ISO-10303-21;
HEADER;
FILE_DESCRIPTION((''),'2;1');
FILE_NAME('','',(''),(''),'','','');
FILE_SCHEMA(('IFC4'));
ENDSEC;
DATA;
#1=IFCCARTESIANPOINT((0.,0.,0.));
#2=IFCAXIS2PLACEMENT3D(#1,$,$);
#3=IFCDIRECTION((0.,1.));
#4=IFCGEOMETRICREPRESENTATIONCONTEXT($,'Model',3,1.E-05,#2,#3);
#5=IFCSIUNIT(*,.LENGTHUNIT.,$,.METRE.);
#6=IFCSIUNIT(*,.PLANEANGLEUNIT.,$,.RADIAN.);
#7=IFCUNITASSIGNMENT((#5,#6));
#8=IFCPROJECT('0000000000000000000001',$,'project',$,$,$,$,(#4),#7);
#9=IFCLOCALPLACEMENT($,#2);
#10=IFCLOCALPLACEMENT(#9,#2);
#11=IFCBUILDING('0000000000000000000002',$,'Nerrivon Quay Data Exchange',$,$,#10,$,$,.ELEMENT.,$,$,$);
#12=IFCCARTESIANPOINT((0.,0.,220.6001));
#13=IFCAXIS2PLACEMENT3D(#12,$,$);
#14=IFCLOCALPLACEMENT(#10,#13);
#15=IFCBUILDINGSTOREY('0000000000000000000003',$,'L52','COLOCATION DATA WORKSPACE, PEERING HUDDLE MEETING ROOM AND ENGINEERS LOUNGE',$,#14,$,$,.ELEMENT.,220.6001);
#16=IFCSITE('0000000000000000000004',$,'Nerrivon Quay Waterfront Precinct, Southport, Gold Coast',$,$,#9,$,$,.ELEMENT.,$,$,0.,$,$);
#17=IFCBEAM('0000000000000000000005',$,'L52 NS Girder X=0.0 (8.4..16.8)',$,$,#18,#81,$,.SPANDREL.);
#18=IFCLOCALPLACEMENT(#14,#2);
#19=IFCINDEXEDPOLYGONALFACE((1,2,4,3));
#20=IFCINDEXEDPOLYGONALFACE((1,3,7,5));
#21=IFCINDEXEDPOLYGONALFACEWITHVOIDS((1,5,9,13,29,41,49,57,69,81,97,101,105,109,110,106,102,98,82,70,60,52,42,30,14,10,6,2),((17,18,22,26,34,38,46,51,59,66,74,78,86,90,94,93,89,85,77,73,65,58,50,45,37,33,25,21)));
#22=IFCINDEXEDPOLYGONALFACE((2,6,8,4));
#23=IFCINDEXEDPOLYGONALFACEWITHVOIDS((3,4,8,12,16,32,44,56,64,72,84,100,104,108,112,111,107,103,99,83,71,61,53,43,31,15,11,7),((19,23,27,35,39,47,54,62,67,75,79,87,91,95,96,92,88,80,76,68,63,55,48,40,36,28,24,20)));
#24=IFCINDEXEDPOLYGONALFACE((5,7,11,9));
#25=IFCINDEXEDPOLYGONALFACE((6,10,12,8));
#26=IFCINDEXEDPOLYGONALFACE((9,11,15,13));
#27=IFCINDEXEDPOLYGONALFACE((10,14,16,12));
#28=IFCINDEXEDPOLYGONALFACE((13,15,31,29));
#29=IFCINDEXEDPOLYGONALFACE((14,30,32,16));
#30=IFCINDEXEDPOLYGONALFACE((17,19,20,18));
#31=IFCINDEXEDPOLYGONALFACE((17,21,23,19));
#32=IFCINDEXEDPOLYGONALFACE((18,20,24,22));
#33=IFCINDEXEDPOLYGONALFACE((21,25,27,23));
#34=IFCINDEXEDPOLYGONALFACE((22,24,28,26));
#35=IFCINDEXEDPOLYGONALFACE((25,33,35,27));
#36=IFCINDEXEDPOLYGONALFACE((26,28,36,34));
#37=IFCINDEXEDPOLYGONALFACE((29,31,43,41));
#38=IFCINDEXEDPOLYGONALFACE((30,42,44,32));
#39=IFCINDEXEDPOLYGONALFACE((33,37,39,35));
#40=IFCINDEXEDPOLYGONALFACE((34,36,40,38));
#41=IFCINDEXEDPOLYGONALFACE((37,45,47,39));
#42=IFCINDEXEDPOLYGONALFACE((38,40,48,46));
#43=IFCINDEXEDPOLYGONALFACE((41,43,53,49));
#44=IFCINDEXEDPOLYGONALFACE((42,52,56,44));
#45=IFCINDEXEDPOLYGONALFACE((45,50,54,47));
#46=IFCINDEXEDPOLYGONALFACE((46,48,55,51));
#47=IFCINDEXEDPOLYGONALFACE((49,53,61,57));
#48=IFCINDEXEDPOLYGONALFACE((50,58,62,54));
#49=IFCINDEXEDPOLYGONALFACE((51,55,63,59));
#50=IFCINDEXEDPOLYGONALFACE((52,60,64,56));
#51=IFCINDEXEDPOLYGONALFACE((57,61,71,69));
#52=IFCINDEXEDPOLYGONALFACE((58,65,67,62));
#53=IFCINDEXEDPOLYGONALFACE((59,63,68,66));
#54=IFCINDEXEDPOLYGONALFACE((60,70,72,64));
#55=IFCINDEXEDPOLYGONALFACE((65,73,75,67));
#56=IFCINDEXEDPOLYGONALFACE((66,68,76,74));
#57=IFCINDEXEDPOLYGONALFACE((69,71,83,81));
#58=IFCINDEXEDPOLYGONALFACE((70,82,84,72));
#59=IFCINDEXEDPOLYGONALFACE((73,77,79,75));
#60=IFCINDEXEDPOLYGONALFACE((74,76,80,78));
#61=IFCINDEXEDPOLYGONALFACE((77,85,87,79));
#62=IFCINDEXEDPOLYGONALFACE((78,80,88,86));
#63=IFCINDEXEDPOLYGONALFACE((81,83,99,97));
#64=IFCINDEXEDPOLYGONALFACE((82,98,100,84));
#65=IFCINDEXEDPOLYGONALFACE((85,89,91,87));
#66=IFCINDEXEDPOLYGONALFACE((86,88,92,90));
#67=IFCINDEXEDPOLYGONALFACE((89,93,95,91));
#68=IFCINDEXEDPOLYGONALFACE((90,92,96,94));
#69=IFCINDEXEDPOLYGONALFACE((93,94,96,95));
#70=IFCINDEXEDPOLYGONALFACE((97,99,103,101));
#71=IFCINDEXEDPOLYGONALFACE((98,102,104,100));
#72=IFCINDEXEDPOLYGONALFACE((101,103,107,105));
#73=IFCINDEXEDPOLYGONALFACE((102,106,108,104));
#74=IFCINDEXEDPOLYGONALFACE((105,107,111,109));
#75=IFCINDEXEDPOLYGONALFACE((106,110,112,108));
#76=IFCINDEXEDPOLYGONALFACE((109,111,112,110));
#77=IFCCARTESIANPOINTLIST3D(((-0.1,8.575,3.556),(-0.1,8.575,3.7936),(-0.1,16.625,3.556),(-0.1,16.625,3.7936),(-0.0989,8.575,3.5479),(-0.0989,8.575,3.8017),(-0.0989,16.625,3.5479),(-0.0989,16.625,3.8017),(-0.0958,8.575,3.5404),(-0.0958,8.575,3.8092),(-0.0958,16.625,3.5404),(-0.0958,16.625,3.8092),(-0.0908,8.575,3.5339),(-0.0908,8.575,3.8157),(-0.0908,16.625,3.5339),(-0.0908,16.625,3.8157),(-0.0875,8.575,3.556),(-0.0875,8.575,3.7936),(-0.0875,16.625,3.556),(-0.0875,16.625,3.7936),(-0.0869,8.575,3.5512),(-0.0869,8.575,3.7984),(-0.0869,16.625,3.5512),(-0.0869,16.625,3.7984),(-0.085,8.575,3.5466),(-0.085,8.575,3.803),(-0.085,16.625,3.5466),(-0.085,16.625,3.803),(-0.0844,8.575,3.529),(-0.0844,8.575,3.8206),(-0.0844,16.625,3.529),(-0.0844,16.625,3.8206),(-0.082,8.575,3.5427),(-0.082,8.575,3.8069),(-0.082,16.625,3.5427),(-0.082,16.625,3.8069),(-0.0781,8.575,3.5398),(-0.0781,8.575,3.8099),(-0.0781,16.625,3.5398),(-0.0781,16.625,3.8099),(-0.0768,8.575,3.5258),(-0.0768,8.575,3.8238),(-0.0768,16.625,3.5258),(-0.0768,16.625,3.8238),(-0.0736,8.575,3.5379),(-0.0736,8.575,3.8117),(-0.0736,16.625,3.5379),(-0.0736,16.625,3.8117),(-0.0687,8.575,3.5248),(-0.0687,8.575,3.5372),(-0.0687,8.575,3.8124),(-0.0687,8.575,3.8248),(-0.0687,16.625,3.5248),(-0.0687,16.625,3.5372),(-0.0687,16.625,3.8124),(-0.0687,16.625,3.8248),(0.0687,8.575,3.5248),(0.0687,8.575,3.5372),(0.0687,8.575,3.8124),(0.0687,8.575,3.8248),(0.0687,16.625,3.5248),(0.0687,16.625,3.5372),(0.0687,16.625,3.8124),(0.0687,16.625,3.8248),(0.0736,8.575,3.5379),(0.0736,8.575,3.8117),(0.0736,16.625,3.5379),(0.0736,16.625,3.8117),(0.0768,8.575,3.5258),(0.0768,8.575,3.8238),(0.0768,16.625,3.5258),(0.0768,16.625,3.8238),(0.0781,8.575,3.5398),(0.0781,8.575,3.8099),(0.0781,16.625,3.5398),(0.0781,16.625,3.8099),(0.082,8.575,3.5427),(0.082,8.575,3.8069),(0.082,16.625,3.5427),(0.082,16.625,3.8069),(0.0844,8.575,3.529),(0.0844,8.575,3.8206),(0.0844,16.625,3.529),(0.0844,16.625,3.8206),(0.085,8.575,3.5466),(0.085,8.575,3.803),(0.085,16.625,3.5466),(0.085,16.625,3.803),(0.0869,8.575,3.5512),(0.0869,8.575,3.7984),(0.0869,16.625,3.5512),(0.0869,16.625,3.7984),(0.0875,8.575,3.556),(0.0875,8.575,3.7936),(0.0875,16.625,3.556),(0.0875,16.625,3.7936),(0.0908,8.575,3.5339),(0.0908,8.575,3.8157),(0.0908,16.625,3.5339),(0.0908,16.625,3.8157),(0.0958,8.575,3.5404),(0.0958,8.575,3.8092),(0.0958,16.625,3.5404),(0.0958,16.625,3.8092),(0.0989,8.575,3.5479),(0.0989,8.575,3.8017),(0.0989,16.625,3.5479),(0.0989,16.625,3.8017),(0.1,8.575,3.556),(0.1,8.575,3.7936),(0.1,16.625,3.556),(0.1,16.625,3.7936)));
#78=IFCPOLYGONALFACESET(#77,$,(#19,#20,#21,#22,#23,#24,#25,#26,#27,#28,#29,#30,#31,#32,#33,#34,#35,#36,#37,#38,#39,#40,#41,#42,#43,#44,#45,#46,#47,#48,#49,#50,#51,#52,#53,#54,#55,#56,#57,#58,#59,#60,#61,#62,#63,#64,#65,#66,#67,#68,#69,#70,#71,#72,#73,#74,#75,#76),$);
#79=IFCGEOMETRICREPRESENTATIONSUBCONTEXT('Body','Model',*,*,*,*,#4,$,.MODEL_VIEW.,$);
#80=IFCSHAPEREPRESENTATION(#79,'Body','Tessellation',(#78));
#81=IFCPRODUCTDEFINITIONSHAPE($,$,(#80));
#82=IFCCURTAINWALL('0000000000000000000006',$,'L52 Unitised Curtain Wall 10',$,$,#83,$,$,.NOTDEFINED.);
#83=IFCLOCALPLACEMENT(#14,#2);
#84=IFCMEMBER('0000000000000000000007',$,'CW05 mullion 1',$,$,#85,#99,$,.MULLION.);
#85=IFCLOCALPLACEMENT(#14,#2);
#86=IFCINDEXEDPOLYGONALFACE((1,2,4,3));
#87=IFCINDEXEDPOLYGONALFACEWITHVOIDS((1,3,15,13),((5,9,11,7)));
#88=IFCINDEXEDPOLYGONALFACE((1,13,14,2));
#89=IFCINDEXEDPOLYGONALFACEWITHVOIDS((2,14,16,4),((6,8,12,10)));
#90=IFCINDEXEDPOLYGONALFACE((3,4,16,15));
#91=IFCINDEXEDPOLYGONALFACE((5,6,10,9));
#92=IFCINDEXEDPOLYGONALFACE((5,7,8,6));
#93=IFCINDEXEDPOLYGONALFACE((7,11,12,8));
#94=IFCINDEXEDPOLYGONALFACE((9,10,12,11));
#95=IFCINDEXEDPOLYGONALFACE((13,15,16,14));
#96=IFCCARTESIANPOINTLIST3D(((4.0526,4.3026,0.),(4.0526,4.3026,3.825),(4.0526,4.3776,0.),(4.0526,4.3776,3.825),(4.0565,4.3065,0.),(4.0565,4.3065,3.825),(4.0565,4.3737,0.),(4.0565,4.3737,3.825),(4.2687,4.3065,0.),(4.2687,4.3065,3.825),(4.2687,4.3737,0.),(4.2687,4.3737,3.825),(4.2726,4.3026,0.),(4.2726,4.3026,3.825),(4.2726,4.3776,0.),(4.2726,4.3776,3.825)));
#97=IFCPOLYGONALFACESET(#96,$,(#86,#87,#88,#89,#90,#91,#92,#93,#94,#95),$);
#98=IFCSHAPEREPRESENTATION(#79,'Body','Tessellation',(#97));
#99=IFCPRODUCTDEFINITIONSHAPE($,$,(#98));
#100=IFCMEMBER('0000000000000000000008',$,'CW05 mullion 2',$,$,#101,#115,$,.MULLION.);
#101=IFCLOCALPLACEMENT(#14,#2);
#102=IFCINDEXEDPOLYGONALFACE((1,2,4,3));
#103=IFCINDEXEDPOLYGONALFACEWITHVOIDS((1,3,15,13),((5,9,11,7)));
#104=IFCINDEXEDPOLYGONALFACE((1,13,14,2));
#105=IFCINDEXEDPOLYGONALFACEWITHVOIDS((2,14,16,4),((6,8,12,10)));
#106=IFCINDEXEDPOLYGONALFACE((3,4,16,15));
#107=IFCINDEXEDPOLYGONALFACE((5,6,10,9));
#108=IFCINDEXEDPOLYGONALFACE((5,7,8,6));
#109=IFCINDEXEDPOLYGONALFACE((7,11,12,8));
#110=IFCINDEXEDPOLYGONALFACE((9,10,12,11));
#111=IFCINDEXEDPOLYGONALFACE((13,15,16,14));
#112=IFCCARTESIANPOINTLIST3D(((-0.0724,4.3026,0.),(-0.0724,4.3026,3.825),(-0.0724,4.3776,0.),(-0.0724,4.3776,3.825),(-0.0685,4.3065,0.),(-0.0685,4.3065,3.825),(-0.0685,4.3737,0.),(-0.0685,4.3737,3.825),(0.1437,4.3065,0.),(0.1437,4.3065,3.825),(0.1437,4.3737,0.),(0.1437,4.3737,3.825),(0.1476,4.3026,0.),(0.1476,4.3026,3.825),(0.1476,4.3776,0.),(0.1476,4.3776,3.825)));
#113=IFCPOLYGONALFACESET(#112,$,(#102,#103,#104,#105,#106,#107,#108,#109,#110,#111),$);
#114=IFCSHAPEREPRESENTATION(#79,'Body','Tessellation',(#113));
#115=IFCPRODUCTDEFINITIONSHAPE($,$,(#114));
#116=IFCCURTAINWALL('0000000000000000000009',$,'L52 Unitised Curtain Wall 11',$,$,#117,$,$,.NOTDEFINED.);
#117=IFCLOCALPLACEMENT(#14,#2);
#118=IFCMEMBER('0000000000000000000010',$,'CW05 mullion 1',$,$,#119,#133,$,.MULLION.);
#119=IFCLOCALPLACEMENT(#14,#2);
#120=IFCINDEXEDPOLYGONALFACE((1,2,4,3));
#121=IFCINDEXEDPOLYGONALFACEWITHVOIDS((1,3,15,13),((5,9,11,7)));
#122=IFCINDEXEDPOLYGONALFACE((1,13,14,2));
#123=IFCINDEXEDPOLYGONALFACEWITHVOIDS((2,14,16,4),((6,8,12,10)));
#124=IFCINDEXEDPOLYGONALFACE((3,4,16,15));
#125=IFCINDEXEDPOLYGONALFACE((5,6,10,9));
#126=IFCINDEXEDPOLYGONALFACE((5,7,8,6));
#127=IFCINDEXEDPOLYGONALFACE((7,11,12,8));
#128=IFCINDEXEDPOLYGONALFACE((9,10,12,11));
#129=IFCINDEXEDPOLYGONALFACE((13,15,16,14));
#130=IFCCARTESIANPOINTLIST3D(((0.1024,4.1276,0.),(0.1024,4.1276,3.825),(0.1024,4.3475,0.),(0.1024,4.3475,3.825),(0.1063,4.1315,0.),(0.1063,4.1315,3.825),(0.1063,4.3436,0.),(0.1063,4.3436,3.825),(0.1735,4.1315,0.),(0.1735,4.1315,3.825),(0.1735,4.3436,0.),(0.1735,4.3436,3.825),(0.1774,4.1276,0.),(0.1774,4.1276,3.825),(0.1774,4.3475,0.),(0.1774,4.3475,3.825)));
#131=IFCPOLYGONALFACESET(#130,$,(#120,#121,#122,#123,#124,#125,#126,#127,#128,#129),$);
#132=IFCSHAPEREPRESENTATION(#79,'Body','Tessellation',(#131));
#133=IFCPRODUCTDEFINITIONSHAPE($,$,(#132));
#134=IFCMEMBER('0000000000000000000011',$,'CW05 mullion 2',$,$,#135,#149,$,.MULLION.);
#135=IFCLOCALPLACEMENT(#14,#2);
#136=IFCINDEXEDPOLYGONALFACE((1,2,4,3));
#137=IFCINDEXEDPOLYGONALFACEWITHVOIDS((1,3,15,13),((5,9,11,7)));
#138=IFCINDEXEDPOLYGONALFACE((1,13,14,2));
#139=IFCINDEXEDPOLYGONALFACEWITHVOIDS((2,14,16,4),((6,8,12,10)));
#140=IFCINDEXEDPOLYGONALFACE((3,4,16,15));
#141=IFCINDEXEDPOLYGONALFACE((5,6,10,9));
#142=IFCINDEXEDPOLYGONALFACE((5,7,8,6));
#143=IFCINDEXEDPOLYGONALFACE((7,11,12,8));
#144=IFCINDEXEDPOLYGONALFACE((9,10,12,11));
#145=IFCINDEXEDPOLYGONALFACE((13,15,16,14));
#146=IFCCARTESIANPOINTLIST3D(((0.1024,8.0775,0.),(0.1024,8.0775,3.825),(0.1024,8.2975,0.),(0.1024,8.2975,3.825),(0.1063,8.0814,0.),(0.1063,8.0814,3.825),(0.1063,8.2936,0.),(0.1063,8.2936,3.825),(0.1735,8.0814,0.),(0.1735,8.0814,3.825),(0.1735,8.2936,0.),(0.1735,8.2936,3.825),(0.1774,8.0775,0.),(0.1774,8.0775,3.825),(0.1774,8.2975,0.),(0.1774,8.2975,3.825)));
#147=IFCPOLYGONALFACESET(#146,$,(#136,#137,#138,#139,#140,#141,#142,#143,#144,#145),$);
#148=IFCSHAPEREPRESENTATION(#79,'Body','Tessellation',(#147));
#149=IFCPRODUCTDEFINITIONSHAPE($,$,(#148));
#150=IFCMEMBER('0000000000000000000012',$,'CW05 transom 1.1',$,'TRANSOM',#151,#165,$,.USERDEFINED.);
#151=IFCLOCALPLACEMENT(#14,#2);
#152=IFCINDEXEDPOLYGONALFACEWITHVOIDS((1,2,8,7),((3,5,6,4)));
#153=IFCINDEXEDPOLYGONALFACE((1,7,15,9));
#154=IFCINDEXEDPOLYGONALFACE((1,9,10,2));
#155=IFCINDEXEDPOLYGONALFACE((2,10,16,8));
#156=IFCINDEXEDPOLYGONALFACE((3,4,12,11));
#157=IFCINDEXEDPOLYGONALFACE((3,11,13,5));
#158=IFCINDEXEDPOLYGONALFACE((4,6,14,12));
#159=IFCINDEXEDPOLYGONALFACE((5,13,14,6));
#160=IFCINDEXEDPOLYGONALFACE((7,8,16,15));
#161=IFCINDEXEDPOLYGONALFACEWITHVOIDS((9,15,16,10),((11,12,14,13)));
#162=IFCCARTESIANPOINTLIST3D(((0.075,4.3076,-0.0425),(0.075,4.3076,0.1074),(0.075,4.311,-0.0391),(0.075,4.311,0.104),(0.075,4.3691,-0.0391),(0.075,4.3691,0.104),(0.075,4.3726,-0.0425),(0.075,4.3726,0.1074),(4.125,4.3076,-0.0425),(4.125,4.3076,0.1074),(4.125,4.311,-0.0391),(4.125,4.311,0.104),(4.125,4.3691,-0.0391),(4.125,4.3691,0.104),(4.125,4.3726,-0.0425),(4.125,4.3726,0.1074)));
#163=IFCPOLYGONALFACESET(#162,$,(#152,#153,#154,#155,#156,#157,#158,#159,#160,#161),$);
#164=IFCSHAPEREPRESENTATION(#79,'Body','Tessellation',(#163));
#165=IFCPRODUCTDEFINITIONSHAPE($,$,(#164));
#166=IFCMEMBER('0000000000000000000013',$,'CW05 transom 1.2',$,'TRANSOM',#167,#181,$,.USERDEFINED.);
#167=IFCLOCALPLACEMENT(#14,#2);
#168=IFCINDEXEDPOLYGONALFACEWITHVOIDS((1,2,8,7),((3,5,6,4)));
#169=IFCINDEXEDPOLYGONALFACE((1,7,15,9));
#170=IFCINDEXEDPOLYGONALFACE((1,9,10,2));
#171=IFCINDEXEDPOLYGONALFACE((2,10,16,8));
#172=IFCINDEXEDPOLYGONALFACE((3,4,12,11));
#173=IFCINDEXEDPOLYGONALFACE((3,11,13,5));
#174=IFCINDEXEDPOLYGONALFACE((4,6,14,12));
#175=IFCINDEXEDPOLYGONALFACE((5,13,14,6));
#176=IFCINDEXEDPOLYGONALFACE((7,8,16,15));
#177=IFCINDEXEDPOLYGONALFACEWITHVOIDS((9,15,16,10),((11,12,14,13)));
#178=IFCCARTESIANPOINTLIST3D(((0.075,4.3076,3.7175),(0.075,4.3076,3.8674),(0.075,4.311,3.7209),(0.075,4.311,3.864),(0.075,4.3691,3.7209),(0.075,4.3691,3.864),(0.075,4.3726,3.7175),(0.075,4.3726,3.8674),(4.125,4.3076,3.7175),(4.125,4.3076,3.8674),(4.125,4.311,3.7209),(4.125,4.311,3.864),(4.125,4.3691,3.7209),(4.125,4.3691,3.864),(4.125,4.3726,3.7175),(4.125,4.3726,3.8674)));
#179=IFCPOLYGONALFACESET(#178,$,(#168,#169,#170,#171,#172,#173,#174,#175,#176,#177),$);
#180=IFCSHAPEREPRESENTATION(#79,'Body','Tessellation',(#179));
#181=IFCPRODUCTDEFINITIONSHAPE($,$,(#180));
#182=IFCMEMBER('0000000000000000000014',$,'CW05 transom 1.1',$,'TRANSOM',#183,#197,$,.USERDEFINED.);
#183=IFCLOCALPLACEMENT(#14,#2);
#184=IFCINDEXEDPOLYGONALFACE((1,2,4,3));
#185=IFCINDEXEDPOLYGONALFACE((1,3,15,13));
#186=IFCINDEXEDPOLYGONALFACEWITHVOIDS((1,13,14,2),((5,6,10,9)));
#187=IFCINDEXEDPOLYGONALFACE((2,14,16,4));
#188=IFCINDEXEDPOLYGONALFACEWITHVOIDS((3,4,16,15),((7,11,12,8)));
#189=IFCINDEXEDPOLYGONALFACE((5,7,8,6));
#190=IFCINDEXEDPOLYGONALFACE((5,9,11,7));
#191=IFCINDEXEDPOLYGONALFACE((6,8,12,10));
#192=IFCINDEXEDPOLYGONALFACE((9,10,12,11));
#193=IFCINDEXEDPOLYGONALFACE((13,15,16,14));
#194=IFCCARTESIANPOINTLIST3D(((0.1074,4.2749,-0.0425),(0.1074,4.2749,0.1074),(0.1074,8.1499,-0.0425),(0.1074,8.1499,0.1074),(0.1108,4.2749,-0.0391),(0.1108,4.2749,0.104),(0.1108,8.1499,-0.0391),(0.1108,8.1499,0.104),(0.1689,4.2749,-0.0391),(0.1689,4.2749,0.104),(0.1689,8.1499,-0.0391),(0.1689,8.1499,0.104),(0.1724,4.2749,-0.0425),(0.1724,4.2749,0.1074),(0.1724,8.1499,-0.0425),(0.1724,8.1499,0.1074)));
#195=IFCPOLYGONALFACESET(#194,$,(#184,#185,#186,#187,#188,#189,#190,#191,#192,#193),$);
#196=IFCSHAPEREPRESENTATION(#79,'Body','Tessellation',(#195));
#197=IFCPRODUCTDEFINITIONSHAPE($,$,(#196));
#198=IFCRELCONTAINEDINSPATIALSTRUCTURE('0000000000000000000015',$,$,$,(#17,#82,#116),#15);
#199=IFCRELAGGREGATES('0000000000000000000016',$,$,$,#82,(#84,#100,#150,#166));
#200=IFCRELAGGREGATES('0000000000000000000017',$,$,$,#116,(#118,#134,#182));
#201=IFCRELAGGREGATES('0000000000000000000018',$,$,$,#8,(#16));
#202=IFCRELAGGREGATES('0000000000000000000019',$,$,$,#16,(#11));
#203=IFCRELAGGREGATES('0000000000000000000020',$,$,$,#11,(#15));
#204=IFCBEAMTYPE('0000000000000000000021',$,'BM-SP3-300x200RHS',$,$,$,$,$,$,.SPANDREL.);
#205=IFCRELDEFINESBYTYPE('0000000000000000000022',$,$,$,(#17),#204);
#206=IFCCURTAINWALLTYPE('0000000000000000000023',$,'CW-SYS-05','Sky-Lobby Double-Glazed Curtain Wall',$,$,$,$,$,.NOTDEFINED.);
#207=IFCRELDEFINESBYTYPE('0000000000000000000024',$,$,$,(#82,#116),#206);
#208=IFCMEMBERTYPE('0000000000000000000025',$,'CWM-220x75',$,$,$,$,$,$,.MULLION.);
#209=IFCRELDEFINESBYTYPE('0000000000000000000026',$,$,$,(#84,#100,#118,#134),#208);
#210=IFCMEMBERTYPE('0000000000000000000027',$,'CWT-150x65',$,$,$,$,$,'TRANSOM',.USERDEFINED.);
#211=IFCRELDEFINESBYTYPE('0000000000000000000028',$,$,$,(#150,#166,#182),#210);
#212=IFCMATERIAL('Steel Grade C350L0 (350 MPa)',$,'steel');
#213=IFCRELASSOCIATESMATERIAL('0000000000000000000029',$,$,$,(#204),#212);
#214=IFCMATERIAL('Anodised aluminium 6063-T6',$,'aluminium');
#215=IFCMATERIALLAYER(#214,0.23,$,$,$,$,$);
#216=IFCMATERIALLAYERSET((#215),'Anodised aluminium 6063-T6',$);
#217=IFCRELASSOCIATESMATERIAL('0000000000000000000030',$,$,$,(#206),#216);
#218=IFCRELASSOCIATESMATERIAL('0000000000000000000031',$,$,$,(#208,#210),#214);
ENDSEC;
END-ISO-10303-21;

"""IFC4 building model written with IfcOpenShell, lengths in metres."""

from ifc_helpers import new_model, si_unit, direction, frame, origin, origin_2d, place, context, subcontext, project, spatial, hollow_rectangle, extrude, material, layer, layer_set, material_profile, profile_set, type_object, element, aggregate, save


model = new_model("IFC4")

# Units and contexts
model_context = context("Model", 3, precision=1e-05, world=origin(), true_north=direction((0.0, 1.0)))
body_context = subcontext(model_context, "Body", "Model", "MODEL_VIEW")
ifc_project = project(units=[si_unit("LENGTHUNIT", "METRE"), si_unit("PLANEANGLEUNIT", "RADIAN")], contexts=[model_context])

# Site, building, storey
site_placement = place(None, origin())
site = spatial("IfcSite", under=ifc_project, at=site_placement, Name="Nerrivon Quay Waterfront Precinct, Southport, Gold Coast", CompositionType="ELEMENT", RefElevation=0.0)
building_placement = place(site_placement, origin())
building = spatial("IfcBuilding", under=site, at=building_placement, Name="Nerrivon Quay Data Exchange", CompositionType="ELEMENT")
storey_placement = place(building_placement, frame((0.0, 0.0, 220.6001)))
storey = spatial("IfcBuildingStorey", under=building, at=storey_placement, Name="L52", Description="COLOCATION DATA WORKSPACE, PEERING HUDDLE MEETING ROOM AND ENGINEERS LOUNGE", CompositionType="ELEMENT", Elevation=220.6001)

# Beam
ifc_material_1 = material(Name="Steel Grade C350L0 (350 MPa)", Category="steel")
ifc_material_profile_1 = material_profile(ifc_material_1, hollow_rectangle(XDim=0.2, YDim=0.3, WallThickness=0.0125, InnerFilletRadius=0.0188, OuterFilletRadius=0.0312, at=origin_2d()), Name="300x200x12.5RHS")
ifc_profile_set_1 = profile_set([ifc_material_profile_1], Name="Steel Grade C350L0 (350 MPa)")
beam_type_1 = type_object("IfcBeamType", Name="BM-SP3-300x200RHS", PredefinedType="SPANDREL", material=ifc_profile_set_1)
beam_1_placement = place(storey_placement, frame((0.0, 8.575, 3.6748), z_axis=(0.0, 1.0, 0.0), x_axis=(-1.0, 0.0, 0.0)))
element("IfcBeam", 1, at=beam_1_placement, inside=storey, type_object=beam_type_1, Name="L52 NS Girder X=0.0 (8.4..16.8)", PredefinedType="SPANDREL", context=body_context, shape_type="SweptSolid", body=[
    extrude(hollow_rectangle(XDim=0.2, YDim=0.3, WallThickness=0.0125, InnerFilletRadius=0.0188, OuterFilletRadius=0.0312, at=origin_2d()), origin(), (0.0, 0.0, 1.0), 8.05),
])

# Curtain walls, members
ifc_material_2 = material(Name="Anodised aluminium 6063-T6", Category="aluminium")
ifc_layer_1 = layer(ifc_material_2, 0.23)
ifc_layer_set_1 = layer_set([ifc_layer_1], Name="Anodised aluminium 6063-T6")
curtain_wall_type = type_object("IfcCurtainWallType", Name="CW-SYS-05", Description="Sky-Lobby Double-Glazed Curtain Wall", PredefinedType="NOTDEFINED", material=ifc_layer_set_1)
curtain_wall_1_placement = place(storey_placement, origin())
curtain_wall_1 = element("IfcCurtainWall", 2, at=curtain_wall_1_placement, inside=storey, type_object=curtain_wall_type, Name="L52 Unitised Curtain Wall 10", PredefinedType="NOTDEFINED")
ifc_material_profile_2 = material_profile(ifc_material_2, hollow_rectangle(XDim=0.075, YDim=0.22, WallThickness=0.0039, at=origin_2d()), Name="ALU-MULL-220x75")
ifc_profile_set_2 = profile_set([ifc_material_profile_2], Name="Anodised aluminium 6063-T6")
member_type_1 = type_object("IfcMemberType", Name="CWM-220x75", PredefinedType="MULLION", material=ifc_profile_set_2)
member_1_placement = place(storey_placement, frame((4.1626, 4.3401, 0.0), z_axis=(0.0, 0.0, 1.0), x_axis=(0.0, -1.0, 0.0)))
member_1 = element("IfcMember", 3, at=member_1_placement, type_object=member_type_1, Name="CW05 mullion 1", PredefinedType="MULLION", context=body_context, shape_type="SweptSolid", body=[
    extrude(hollow_rectangle(XDim=0.075, YDim=0.22, WallThickness=0.0039, at=origin_2d()), origin(), (0.0, 0.0, 1.0), 3.825),
])
member_2_placement = place(storey_placement, frame((0.0376, 4.3401, 0.0), z_axis=(0.0, 0.0, 1.0), x_axis=(0.0, -1.0, 0.0)))
member_2 = element("IfcMember", 4, at=member_2_placement, type_object=member_type_1, Name="CW05 mullion 2", PredefinedType="MULLION", context=body_context, shape_type="SweptSolid", body=[
    extrude(hollow_rectangle(XDim=0.075, YDim=0.22, WallThickness=0.0039, at=origin_2d()), origin(), (0.0, 0.0, 1.0), 3.825),
])
curtain_wall_2_placement = place(storey_placement, origin())
curtain_wall_2 = element("IfcCurtainWall", 5, at=curtain_wall_2_placement, inside=storey, type_object=curtain_wall_type, Name="L52 Unitised Curtain Wall 11", PredefinedType="NOTDEFINED")
member_3_placement = place(storey_placement, frame((0.1399, 4.2375, 0.0), z_axis=(0.0, 0.0, 1.0), x_axis=(-1.0, 0.0, 0.0)))
member_3 = element("IfcMember", 6, at=member_3_placement, type_object=member_type_1, Name="CW05 mullion 1", PredefinedType="MULLION", context=body_context, shape_type="SweptSolid", body=[
    extrude(hollow_rectangle(XDim=0.075, YDim=0.22, WallThickness=0.0039, at=origin_2d()), origin(), (0.0, 0.0, 1.0), 3.825),
])
member_4_placement = place(storey_placement, frame((0.1399, 8.1875, 0.0), z_axis=(0.0, 0.0, 1.0), x_axis=(-1.0, 0.0, 0.0)))
member_4 = element("IfcMember", 7, at=member_4_placement, type_object=member_type_1, Name="CW05 mullion 2", PredefinedType="MULLION", context=body_context, shape_type="SweptSolid", body=[
    extrude(hollow_rectangle(XDim=0.075, YDim=0.22, WallThickness=0.0039, at=origin_2d()), origin(), (0.0, 0.0, 1.0), 3.825),
])

# Members
ifc_material_profile_3 = material_profile(ifc_material_2, hollow_rectangle(XDim=0.0649, YDim=0.1499, WallThickness=0.0034, at=origin_2d()), Name="ALU-TRAN-150x65")
ifc_profile_set_3 = profile_set([ifc_material_profile_3], Name="Anodised aluminium 6063-T6")
member_type_2 = type_object("IfcMemberType", Name="CWT-150x65", ElementType="TRANSOM", PredefinedType="USERDEFINED", material=ifc_profile_set_3)
member_5_placement = place(storey_placement, frame((4.125, 4.3401, 0.0325), z_axis=(-1.0, 0.0, 0.0), x_axis=(0.0, -1.0, 0.0)))
member_5 = element("IfcMember", 8, at=member_5_placement, type_object=member_type_2, Name="CW05 transom 1.1", ObjectType="TRANSOM", PredefinedType="USERDEFINED", context=body_context, shape_type="SweptSolid", body=[
    extrude(hollow_rectangle(XDim=0.0649, YDim=0.1499, WallThickness=0.0034, at=origin_2d()), origin(), (0.0, 0.0, 1.0), 4.05),
])
member_6_placement = place(storey_placement, frame((4.125, 4.3401, 3.7925), z_axis=(-1.0, 0.0, 0.0), x_axis=(0.0, -1.0, 0.0)))
member_6 = element("IfcMember", 9, at=member_6_placement, type_object=member_type_2, Name="CW05 transom 1.2", ObjectType="TRANSOM", PredefinedType="USERDEFINED", context=body_context, shape_type="SweptSolid", body=[
    extrude(hollow_rectangle(XDim=0.0649, YDim=0.1499, WallThickness=0.0034, at=origin_2d()), origin(), (0.0, 0.0, 1.0), 4.05),
])
member_7_placement = place(storey_placement, frame((0.1399, 4.2749, 0.0325), z_axis=(0.0, 1.0, 0.0), x_axis=(-1.0, 0.0, 0.0)))
member_7 = element("IfcMember", 10, at=member_7_placement, type_object=member_type_2, Name="CW05 transom 1.1", ObjectType="TRANSOM", PredefinedType="USERDEFINED", context=body_context, shape_type="SweptSolid", body=[
    extrude(hollow_rectangle(XDim=0.0649, YDim=0.1499, WallThickness=0.0034, at=origin_2d()), origin(), (0.0, 0.0, 1.0), 3.875),
])

aggregate(curtain_wall_1, [member_1, member_2, member_5, member_6])
aggregate(curtain_wall_2, [member_3, member_4, member_7])

save(model, "model.ifc")
